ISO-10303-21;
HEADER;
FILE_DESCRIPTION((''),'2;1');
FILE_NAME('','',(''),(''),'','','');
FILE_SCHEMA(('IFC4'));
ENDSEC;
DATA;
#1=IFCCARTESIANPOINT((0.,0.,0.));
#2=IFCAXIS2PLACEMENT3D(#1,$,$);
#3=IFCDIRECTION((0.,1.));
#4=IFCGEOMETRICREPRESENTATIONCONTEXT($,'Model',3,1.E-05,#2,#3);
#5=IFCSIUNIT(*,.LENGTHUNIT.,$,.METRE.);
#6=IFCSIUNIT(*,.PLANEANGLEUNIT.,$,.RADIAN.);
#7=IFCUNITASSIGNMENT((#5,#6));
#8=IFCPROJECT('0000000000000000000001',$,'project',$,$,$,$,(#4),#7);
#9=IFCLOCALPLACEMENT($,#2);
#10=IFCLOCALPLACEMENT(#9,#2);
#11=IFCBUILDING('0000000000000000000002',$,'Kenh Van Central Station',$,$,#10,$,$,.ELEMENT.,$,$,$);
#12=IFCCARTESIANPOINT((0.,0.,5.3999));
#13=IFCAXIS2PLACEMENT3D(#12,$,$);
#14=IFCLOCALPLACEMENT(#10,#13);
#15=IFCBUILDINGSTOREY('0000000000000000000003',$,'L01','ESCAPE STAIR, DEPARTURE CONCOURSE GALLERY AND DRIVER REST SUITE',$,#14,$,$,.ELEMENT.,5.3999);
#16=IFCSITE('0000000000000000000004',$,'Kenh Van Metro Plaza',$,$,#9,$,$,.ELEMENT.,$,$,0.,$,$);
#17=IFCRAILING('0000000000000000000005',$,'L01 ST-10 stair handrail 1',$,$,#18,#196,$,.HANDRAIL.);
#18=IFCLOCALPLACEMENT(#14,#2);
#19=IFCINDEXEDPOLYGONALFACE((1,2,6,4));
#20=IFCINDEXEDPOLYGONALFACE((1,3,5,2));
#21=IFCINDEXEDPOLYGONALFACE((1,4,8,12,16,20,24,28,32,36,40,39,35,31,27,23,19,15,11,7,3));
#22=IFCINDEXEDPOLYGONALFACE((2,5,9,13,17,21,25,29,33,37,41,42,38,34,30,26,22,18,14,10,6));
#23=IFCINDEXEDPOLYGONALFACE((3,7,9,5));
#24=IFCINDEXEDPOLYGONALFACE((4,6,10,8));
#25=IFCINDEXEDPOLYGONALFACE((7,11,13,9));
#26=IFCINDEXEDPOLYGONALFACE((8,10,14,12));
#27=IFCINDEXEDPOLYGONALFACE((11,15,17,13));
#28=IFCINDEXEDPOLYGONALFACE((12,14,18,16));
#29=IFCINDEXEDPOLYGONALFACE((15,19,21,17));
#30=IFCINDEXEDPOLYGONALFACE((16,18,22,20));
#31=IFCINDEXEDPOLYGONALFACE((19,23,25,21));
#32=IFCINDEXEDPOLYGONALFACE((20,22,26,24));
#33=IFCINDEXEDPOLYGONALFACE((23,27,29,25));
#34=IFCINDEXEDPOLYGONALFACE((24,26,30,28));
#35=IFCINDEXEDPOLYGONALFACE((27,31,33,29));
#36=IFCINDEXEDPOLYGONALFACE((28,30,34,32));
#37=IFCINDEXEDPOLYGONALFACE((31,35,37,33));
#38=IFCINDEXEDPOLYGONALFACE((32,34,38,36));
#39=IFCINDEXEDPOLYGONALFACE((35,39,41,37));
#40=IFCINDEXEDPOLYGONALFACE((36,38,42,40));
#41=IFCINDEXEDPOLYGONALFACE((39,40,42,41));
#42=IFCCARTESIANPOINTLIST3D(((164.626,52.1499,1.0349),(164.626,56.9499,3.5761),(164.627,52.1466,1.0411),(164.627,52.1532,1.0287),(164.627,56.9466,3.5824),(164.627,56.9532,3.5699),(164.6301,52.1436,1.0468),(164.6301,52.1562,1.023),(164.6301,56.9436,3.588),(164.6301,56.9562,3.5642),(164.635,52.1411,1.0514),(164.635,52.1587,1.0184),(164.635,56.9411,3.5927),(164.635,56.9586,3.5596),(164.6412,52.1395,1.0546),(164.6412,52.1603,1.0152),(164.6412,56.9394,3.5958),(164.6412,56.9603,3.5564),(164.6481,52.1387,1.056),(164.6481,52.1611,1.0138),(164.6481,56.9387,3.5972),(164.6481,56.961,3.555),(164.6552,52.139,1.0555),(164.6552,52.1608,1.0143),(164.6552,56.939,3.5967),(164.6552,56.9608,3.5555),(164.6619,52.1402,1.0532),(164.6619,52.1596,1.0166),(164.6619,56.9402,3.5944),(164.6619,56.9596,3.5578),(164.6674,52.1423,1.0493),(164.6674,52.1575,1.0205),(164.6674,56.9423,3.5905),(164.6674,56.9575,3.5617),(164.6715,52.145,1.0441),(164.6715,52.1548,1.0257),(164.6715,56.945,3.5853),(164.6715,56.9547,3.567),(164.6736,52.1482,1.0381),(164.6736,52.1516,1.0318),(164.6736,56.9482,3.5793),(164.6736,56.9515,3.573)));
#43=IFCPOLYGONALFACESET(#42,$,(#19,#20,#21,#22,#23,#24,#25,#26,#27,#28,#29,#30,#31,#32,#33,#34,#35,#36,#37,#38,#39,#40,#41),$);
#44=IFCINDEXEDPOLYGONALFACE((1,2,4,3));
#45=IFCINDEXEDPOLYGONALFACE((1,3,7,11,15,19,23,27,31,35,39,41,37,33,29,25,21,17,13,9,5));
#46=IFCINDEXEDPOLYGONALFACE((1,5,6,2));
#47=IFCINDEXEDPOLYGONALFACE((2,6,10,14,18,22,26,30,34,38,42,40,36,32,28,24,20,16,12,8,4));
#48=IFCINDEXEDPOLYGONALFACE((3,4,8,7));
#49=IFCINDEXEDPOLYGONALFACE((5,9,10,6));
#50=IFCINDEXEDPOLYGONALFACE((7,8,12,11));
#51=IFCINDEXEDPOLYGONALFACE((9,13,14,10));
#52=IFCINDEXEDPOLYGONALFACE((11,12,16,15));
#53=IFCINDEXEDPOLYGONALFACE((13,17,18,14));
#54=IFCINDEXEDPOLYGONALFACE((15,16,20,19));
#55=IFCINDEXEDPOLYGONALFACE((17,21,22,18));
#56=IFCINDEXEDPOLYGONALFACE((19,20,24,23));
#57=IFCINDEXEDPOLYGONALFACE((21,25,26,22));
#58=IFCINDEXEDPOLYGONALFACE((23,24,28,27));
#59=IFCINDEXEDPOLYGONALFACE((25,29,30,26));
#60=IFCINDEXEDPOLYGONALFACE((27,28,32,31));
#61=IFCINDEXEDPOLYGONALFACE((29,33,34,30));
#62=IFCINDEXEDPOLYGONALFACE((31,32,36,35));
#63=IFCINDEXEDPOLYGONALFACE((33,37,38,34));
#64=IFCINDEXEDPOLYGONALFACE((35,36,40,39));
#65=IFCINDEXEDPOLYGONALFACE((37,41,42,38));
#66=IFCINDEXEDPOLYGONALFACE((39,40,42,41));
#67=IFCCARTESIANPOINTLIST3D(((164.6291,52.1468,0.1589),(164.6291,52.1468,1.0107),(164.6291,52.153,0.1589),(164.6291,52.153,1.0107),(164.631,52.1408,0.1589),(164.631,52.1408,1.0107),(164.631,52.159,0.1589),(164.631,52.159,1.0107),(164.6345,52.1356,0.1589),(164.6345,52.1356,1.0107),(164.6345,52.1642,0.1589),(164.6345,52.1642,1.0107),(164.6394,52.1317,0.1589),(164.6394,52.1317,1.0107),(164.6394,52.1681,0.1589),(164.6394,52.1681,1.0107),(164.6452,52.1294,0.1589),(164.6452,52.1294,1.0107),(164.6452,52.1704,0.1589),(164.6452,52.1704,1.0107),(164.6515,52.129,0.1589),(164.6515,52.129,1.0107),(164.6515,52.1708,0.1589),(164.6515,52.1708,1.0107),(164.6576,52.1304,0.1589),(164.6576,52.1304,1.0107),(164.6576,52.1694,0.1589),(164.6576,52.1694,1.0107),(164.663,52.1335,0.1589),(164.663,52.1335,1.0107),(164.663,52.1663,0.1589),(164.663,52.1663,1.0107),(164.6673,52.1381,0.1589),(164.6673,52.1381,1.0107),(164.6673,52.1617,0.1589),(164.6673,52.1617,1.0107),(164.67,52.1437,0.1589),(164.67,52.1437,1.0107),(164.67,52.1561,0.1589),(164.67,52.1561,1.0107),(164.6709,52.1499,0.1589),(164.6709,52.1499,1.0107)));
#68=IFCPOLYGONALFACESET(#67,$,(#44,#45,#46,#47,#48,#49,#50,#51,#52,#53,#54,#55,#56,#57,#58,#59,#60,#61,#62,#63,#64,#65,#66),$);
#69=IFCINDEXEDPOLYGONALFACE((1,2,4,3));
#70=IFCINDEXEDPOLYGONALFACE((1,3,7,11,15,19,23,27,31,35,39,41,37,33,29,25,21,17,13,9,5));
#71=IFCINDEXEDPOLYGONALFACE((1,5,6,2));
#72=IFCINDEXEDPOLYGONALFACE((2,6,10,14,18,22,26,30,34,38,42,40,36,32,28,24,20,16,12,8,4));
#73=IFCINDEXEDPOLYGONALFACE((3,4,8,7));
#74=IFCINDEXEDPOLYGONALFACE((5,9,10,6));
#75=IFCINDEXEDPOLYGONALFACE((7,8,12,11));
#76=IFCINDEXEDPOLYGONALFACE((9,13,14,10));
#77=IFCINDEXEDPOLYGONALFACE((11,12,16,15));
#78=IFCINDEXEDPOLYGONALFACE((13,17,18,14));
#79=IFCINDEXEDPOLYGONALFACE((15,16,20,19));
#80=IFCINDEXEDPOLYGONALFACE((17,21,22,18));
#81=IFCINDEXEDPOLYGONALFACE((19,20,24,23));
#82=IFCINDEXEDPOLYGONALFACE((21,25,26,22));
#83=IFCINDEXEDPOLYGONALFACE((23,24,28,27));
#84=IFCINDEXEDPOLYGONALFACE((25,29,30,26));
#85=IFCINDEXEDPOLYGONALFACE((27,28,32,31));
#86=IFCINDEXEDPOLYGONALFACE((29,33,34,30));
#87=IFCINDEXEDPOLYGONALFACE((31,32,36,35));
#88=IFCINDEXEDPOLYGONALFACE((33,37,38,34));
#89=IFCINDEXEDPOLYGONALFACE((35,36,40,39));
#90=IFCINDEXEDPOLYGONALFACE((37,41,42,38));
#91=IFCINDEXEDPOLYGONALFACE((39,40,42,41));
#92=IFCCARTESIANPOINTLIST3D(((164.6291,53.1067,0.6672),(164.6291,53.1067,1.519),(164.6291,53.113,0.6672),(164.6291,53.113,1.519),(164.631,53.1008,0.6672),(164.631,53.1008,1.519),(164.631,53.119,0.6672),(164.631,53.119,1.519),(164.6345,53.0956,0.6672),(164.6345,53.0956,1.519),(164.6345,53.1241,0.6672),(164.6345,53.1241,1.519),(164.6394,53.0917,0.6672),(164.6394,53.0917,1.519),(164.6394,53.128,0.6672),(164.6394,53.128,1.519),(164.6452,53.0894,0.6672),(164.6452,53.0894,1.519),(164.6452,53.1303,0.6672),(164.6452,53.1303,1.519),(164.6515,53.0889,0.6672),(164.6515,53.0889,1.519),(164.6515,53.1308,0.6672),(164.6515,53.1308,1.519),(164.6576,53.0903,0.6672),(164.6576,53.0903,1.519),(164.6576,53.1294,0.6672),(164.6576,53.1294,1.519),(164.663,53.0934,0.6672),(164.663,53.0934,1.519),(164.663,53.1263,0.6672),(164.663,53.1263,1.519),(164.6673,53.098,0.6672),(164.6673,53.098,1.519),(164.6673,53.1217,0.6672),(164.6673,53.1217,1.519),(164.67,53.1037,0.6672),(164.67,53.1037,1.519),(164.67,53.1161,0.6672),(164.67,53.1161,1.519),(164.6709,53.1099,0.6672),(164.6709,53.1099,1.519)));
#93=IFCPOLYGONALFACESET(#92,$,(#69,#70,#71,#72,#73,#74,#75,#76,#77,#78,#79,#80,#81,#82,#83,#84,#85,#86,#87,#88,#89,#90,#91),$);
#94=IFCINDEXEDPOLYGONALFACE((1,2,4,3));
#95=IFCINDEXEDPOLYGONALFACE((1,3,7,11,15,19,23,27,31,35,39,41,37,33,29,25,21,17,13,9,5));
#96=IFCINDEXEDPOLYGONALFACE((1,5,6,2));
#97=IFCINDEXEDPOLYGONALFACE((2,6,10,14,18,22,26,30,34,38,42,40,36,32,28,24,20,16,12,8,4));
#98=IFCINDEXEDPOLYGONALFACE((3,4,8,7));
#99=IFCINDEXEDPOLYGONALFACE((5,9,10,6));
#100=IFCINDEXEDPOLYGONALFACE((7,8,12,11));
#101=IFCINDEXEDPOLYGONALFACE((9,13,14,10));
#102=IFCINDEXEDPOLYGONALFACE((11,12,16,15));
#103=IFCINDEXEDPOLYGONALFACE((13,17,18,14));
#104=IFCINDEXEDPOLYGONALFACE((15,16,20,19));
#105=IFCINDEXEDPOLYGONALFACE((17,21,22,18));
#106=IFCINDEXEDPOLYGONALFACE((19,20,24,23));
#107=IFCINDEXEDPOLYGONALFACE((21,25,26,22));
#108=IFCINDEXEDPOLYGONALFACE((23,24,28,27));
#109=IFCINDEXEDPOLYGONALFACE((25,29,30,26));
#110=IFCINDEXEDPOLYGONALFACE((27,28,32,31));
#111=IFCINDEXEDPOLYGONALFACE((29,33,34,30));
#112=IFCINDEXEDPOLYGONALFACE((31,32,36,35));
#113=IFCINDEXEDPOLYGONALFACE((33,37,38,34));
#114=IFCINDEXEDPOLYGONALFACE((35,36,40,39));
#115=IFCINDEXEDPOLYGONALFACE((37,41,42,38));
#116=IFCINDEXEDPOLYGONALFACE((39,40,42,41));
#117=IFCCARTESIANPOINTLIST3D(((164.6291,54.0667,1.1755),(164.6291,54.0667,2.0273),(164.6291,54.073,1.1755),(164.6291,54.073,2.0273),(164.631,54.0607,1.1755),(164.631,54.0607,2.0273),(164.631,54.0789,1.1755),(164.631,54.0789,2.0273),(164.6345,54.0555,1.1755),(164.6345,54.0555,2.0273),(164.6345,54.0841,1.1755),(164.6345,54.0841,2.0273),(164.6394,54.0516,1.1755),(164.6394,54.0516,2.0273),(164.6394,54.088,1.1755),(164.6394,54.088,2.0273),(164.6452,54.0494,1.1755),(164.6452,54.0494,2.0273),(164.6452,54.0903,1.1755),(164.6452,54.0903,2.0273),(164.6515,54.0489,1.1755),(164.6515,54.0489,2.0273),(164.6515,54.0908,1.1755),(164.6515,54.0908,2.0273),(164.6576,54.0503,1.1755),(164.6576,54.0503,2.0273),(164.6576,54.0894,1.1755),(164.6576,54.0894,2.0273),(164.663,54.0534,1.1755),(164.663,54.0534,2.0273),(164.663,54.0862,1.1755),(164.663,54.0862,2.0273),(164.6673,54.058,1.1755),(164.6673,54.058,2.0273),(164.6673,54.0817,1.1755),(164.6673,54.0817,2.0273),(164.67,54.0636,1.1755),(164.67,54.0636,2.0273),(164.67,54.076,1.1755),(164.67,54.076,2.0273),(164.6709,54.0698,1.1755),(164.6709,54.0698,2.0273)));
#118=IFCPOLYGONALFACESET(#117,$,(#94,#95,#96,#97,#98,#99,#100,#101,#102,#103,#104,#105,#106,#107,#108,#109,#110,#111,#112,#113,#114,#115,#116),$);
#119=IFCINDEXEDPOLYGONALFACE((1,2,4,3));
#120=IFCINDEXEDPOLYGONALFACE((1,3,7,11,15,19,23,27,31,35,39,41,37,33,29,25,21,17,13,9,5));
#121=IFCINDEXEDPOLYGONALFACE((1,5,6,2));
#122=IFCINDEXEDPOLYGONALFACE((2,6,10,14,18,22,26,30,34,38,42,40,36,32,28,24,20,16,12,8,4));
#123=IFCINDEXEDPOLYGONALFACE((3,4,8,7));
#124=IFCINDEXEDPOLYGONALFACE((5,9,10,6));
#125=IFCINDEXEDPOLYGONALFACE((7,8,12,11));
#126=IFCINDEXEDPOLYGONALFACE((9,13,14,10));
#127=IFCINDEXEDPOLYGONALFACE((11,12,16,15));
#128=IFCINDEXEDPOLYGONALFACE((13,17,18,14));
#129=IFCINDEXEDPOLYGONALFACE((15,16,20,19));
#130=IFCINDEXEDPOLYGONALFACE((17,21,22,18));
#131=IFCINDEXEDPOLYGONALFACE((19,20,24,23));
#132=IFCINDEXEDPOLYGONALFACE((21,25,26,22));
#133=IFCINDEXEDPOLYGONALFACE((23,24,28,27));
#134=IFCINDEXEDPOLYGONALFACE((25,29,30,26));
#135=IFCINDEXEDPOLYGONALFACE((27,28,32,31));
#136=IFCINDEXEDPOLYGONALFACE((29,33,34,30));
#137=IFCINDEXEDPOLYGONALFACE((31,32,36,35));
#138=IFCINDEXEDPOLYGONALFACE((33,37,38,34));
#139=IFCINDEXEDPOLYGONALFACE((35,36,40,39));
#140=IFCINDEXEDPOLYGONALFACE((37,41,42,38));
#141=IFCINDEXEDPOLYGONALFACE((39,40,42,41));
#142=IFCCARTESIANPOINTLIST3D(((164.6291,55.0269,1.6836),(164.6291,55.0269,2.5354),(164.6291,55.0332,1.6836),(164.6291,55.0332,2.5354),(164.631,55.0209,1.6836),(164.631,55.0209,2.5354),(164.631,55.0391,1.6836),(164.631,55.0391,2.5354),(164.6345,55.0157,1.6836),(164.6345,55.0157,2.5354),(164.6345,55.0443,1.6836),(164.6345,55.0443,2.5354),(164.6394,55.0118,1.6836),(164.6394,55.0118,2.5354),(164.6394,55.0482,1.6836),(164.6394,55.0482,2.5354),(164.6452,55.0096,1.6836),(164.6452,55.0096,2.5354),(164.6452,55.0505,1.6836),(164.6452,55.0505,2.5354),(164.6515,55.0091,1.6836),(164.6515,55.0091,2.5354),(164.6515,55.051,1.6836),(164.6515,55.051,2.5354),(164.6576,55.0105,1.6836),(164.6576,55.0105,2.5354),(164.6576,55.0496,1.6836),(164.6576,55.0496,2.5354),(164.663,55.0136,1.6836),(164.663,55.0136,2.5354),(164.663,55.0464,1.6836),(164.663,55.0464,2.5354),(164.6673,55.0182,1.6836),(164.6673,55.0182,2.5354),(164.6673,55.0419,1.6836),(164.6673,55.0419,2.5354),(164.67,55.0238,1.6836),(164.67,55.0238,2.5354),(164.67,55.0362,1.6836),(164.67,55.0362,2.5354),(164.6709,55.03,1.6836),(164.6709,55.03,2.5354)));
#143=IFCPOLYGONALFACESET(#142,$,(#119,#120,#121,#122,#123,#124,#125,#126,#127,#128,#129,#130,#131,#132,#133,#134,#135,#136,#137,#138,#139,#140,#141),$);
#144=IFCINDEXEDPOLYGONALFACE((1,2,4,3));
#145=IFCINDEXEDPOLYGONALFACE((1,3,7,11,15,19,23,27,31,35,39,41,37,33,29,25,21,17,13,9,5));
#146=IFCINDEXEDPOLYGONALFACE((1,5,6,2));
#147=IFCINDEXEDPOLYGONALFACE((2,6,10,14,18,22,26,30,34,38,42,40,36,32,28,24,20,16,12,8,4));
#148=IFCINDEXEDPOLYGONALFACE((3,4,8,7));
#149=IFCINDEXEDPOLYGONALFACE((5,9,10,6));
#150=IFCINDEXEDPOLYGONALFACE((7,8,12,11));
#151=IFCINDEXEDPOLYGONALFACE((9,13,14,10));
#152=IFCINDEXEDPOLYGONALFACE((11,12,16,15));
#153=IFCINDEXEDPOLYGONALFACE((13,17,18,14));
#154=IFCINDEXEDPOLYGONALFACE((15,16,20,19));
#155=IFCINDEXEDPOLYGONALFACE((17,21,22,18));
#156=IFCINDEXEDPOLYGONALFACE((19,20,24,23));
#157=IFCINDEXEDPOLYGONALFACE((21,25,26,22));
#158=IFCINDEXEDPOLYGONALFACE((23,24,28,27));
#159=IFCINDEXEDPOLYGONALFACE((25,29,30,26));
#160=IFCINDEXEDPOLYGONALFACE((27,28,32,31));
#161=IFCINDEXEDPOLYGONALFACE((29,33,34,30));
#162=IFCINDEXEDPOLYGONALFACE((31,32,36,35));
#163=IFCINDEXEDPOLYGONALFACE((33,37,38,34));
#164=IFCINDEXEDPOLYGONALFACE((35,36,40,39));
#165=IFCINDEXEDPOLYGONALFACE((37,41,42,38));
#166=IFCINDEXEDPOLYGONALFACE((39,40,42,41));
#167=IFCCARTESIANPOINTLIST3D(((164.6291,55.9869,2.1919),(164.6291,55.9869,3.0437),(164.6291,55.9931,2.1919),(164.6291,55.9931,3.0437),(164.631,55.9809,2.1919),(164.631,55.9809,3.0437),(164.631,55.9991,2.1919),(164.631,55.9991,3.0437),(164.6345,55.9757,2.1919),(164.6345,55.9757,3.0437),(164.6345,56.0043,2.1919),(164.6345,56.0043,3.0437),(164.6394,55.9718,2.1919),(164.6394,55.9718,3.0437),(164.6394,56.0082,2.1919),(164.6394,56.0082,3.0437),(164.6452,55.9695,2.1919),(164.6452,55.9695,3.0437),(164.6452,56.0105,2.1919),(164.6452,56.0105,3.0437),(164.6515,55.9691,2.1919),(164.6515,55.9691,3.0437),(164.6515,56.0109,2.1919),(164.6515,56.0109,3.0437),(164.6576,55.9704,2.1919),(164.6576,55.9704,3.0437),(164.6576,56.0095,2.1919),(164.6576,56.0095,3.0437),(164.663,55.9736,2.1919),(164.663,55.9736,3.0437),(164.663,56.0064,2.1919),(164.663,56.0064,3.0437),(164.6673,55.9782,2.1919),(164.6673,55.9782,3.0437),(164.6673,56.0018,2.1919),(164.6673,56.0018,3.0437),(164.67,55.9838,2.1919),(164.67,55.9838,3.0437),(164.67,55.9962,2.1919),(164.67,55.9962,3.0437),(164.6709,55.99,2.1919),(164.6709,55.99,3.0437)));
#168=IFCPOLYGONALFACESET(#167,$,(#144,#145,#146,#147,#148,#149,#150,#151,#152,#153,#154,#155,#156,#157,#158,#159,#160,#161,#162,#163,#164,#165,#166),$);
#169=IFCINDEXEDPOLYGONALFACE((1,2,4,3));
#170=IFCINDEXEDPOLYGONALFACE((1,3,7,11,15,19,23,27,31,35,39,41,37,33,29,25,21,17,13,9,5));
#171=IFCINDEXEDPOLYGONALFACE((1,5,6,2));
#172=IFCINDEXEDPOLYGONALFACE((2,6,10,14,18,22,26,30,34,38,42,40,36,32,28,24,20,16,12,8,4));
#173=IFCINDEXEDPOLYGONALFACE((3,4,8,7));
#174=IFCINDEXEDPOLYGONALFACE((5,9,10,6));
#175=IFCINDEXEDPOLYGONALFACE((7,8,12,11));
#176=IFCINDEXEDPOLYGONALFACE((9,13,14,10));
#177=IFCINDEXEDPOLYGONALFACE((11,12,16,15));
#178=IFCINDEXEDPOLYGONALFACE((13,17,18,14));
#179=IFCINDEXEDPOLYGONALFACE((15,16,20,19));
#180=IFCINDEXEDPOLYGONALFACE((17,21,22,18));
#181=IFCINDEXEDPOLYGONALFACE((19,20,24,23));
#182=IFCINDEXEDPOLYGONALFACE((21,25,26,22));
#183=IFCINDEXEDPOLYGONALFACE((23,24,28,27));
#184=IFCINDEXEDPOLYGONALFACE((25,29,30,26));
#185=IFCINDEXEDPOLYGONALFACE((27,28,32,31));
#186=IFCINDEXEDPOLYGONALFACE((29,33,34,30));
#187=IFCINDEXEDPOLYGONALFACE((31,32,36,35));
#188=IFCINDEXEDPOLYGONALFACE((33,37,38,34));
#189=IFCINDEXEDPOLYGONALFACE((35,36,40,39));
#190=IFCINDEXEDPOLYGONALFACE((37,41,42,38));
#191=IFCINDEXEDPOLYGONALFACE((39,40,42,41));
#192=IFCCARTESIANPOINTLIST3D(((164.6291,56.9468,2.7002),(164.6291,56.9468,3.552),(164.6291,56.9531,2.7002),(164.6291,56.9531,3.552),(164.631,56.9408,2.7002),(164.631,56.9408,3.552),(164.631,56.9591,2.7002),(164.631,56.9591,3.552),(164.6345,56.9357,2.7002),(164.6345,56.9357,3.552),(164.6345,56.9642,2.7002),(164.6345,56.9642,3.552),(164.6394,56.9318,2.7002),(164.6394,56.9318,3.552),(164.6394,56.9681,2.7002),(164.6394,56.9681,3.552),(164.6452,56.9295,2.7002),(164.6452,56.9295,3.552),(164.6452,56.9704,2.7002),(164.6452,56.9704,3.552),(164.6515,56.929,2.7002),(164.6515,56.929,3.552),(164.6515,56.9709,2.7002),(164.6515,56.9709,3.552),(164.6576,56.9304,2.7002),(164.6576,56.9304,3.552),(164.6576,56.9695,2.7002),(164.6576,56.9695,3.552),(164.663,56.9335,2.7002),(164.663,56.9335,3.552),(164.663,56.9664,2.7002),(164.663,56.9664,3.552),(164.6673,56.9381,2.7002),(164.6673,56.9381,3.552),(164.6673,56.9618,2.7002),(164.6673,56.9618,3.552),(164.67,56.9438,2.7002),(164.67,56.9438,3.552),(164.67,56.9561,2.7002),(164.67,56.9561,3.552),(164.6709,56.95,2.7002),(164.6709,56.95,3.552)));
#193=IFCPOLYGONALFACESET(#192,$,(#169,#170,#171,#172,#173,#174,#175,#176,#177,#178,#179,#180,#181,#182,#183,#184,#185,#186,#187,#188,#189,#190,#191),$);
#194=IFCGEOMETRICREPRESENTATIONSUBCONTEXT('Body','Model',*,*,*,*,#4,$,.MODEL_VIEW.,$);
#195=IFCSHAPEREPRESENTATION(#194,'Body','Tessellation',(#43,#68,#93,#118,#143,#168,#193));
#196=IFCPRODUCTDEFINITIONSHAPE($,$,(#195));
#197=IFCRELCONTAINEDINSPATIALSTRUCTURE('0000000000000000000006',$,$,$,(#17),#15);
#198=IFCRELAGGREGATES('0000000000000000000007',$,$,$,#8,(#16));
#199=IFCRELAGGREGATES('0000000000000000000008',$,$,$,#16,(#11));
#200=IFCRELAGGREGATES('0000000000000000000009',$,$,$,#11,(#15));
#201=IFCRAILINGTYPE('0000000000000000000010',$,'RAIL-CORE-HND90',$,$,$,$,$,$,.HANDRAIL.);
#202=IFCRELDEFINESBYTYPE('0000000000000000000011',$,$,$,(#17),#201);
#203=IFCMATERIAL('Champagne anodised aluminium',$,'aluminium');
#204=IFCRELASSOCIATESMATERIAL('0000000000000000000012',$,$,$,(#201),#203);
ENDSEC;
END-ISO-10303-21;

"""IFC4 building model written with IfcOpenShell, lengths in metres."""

from ifc_helpers import new_model, si_unit, direction, frame, origin, origin_2d, place, context, subcontext, project, spatial, circle, extrude, material, type_object, element, save


model = new_model("IFC4")

# Units and contexts
model_context = context("Model", 3, precision=1e-05, world=origin(), true_north=direction((0.0, 1.0)))
body_context = subcontext(model_context, "Body", "Model", "MODEL_VIEW")
ifc_project = project(units=[si_unit("LENGTHUNIT", "METRE"), si_unit("PLANEANGLEUNIT", "RADIAN")], contexts=[model_context])

# Site, building, storey
site_placement = place(None, origin())
site = spatial("IfcSite", under=ifc_project, at=site_placement, Name="Kenh Van Metro Plaza", CompositionType="ELEMENT", RefElevation=0.0)
building_placement = place(site_placement, origin())
building = spatial("IfcBuilding", under=site, at=building_placement, Name="Kenh Van Central Station", CompositionType="ELEMENT")
storey_placement = place(building_placement, frame((0.0, 0.0, 5.3999)))
storey = spatial("IfcBuildingStorey", under=building, at=storey_placement, Name="L01", Description="ESCAPE STAIR, DEPARTURE CONCOURSE GALLERY AND DRIVER REST SUITE", CompositionType="ELEMENT", Elevation=5.3999)

# Shared definitions
ifc_material_1 = material(Name="Champagne anodised aluminium", Category="aluminium")

# Railing
railing_type_1 = type_object("IfcRailingType", Name="RAIL-CORE-HND90", PredefinedType="HANDRAIL", material=ifc_material_1)
railing_1_placement = place(storey_placement, frame((164.6499, 52.1499, 0.1589)))
element("IfcRailing", 1, at=railing_1_placement, inside=storey, type_object=railing_type_1, Name="L01 ST-10 stair handrail 1", PredefinedType="HANDRAIL", context=body_context, shape_type="SweptSolid", body=[
    extrude(circle(Radius=0.0239, at=origin_2d()), frame((0.0, 0.0, 0.876), z_axis=(0.0, 0.883784, 0.467896), x_axis=(-1.0, 0.0, 0.0)), (0.0, 0.0, 1.0), 5.4312),
    extrude(circle(Radius=0.021, at=origin_2d()), origin(), (0.0, 0.0, 1.0), 0.8518),
    extrude(circle(Radius=0.021, at=origin_2d()), frame((0.0, 0.96, 0.5083)), (0.0, 0.0, 1.0), 0.8518),
    extrude(circle(Radius=0.021, at=origin_2d()), frame((0.0, 1.9199, 1.0166)), (0.0, 0.0, 1.0), 0.8518),
    extrude(circle(Radius=0.021, at=origin_2d()), frame((0.0, 2.8801, 1.5247)), (0.0, 0.0, 1.0), 0.8518),
    extrude(circle(Radius=0.021, at=origin_2d()), frame((0.0, 3.8401, 2.033)), (0.0, 0.0, 1.0), 0.8518),
    extrude(circle(Radius=0.021, at=origin_2d()), frame((0.0, 4.8, 2.5413)), (0.0, 0.0, 1.0), 0.8518),
])

save(model, "model.ifc")
